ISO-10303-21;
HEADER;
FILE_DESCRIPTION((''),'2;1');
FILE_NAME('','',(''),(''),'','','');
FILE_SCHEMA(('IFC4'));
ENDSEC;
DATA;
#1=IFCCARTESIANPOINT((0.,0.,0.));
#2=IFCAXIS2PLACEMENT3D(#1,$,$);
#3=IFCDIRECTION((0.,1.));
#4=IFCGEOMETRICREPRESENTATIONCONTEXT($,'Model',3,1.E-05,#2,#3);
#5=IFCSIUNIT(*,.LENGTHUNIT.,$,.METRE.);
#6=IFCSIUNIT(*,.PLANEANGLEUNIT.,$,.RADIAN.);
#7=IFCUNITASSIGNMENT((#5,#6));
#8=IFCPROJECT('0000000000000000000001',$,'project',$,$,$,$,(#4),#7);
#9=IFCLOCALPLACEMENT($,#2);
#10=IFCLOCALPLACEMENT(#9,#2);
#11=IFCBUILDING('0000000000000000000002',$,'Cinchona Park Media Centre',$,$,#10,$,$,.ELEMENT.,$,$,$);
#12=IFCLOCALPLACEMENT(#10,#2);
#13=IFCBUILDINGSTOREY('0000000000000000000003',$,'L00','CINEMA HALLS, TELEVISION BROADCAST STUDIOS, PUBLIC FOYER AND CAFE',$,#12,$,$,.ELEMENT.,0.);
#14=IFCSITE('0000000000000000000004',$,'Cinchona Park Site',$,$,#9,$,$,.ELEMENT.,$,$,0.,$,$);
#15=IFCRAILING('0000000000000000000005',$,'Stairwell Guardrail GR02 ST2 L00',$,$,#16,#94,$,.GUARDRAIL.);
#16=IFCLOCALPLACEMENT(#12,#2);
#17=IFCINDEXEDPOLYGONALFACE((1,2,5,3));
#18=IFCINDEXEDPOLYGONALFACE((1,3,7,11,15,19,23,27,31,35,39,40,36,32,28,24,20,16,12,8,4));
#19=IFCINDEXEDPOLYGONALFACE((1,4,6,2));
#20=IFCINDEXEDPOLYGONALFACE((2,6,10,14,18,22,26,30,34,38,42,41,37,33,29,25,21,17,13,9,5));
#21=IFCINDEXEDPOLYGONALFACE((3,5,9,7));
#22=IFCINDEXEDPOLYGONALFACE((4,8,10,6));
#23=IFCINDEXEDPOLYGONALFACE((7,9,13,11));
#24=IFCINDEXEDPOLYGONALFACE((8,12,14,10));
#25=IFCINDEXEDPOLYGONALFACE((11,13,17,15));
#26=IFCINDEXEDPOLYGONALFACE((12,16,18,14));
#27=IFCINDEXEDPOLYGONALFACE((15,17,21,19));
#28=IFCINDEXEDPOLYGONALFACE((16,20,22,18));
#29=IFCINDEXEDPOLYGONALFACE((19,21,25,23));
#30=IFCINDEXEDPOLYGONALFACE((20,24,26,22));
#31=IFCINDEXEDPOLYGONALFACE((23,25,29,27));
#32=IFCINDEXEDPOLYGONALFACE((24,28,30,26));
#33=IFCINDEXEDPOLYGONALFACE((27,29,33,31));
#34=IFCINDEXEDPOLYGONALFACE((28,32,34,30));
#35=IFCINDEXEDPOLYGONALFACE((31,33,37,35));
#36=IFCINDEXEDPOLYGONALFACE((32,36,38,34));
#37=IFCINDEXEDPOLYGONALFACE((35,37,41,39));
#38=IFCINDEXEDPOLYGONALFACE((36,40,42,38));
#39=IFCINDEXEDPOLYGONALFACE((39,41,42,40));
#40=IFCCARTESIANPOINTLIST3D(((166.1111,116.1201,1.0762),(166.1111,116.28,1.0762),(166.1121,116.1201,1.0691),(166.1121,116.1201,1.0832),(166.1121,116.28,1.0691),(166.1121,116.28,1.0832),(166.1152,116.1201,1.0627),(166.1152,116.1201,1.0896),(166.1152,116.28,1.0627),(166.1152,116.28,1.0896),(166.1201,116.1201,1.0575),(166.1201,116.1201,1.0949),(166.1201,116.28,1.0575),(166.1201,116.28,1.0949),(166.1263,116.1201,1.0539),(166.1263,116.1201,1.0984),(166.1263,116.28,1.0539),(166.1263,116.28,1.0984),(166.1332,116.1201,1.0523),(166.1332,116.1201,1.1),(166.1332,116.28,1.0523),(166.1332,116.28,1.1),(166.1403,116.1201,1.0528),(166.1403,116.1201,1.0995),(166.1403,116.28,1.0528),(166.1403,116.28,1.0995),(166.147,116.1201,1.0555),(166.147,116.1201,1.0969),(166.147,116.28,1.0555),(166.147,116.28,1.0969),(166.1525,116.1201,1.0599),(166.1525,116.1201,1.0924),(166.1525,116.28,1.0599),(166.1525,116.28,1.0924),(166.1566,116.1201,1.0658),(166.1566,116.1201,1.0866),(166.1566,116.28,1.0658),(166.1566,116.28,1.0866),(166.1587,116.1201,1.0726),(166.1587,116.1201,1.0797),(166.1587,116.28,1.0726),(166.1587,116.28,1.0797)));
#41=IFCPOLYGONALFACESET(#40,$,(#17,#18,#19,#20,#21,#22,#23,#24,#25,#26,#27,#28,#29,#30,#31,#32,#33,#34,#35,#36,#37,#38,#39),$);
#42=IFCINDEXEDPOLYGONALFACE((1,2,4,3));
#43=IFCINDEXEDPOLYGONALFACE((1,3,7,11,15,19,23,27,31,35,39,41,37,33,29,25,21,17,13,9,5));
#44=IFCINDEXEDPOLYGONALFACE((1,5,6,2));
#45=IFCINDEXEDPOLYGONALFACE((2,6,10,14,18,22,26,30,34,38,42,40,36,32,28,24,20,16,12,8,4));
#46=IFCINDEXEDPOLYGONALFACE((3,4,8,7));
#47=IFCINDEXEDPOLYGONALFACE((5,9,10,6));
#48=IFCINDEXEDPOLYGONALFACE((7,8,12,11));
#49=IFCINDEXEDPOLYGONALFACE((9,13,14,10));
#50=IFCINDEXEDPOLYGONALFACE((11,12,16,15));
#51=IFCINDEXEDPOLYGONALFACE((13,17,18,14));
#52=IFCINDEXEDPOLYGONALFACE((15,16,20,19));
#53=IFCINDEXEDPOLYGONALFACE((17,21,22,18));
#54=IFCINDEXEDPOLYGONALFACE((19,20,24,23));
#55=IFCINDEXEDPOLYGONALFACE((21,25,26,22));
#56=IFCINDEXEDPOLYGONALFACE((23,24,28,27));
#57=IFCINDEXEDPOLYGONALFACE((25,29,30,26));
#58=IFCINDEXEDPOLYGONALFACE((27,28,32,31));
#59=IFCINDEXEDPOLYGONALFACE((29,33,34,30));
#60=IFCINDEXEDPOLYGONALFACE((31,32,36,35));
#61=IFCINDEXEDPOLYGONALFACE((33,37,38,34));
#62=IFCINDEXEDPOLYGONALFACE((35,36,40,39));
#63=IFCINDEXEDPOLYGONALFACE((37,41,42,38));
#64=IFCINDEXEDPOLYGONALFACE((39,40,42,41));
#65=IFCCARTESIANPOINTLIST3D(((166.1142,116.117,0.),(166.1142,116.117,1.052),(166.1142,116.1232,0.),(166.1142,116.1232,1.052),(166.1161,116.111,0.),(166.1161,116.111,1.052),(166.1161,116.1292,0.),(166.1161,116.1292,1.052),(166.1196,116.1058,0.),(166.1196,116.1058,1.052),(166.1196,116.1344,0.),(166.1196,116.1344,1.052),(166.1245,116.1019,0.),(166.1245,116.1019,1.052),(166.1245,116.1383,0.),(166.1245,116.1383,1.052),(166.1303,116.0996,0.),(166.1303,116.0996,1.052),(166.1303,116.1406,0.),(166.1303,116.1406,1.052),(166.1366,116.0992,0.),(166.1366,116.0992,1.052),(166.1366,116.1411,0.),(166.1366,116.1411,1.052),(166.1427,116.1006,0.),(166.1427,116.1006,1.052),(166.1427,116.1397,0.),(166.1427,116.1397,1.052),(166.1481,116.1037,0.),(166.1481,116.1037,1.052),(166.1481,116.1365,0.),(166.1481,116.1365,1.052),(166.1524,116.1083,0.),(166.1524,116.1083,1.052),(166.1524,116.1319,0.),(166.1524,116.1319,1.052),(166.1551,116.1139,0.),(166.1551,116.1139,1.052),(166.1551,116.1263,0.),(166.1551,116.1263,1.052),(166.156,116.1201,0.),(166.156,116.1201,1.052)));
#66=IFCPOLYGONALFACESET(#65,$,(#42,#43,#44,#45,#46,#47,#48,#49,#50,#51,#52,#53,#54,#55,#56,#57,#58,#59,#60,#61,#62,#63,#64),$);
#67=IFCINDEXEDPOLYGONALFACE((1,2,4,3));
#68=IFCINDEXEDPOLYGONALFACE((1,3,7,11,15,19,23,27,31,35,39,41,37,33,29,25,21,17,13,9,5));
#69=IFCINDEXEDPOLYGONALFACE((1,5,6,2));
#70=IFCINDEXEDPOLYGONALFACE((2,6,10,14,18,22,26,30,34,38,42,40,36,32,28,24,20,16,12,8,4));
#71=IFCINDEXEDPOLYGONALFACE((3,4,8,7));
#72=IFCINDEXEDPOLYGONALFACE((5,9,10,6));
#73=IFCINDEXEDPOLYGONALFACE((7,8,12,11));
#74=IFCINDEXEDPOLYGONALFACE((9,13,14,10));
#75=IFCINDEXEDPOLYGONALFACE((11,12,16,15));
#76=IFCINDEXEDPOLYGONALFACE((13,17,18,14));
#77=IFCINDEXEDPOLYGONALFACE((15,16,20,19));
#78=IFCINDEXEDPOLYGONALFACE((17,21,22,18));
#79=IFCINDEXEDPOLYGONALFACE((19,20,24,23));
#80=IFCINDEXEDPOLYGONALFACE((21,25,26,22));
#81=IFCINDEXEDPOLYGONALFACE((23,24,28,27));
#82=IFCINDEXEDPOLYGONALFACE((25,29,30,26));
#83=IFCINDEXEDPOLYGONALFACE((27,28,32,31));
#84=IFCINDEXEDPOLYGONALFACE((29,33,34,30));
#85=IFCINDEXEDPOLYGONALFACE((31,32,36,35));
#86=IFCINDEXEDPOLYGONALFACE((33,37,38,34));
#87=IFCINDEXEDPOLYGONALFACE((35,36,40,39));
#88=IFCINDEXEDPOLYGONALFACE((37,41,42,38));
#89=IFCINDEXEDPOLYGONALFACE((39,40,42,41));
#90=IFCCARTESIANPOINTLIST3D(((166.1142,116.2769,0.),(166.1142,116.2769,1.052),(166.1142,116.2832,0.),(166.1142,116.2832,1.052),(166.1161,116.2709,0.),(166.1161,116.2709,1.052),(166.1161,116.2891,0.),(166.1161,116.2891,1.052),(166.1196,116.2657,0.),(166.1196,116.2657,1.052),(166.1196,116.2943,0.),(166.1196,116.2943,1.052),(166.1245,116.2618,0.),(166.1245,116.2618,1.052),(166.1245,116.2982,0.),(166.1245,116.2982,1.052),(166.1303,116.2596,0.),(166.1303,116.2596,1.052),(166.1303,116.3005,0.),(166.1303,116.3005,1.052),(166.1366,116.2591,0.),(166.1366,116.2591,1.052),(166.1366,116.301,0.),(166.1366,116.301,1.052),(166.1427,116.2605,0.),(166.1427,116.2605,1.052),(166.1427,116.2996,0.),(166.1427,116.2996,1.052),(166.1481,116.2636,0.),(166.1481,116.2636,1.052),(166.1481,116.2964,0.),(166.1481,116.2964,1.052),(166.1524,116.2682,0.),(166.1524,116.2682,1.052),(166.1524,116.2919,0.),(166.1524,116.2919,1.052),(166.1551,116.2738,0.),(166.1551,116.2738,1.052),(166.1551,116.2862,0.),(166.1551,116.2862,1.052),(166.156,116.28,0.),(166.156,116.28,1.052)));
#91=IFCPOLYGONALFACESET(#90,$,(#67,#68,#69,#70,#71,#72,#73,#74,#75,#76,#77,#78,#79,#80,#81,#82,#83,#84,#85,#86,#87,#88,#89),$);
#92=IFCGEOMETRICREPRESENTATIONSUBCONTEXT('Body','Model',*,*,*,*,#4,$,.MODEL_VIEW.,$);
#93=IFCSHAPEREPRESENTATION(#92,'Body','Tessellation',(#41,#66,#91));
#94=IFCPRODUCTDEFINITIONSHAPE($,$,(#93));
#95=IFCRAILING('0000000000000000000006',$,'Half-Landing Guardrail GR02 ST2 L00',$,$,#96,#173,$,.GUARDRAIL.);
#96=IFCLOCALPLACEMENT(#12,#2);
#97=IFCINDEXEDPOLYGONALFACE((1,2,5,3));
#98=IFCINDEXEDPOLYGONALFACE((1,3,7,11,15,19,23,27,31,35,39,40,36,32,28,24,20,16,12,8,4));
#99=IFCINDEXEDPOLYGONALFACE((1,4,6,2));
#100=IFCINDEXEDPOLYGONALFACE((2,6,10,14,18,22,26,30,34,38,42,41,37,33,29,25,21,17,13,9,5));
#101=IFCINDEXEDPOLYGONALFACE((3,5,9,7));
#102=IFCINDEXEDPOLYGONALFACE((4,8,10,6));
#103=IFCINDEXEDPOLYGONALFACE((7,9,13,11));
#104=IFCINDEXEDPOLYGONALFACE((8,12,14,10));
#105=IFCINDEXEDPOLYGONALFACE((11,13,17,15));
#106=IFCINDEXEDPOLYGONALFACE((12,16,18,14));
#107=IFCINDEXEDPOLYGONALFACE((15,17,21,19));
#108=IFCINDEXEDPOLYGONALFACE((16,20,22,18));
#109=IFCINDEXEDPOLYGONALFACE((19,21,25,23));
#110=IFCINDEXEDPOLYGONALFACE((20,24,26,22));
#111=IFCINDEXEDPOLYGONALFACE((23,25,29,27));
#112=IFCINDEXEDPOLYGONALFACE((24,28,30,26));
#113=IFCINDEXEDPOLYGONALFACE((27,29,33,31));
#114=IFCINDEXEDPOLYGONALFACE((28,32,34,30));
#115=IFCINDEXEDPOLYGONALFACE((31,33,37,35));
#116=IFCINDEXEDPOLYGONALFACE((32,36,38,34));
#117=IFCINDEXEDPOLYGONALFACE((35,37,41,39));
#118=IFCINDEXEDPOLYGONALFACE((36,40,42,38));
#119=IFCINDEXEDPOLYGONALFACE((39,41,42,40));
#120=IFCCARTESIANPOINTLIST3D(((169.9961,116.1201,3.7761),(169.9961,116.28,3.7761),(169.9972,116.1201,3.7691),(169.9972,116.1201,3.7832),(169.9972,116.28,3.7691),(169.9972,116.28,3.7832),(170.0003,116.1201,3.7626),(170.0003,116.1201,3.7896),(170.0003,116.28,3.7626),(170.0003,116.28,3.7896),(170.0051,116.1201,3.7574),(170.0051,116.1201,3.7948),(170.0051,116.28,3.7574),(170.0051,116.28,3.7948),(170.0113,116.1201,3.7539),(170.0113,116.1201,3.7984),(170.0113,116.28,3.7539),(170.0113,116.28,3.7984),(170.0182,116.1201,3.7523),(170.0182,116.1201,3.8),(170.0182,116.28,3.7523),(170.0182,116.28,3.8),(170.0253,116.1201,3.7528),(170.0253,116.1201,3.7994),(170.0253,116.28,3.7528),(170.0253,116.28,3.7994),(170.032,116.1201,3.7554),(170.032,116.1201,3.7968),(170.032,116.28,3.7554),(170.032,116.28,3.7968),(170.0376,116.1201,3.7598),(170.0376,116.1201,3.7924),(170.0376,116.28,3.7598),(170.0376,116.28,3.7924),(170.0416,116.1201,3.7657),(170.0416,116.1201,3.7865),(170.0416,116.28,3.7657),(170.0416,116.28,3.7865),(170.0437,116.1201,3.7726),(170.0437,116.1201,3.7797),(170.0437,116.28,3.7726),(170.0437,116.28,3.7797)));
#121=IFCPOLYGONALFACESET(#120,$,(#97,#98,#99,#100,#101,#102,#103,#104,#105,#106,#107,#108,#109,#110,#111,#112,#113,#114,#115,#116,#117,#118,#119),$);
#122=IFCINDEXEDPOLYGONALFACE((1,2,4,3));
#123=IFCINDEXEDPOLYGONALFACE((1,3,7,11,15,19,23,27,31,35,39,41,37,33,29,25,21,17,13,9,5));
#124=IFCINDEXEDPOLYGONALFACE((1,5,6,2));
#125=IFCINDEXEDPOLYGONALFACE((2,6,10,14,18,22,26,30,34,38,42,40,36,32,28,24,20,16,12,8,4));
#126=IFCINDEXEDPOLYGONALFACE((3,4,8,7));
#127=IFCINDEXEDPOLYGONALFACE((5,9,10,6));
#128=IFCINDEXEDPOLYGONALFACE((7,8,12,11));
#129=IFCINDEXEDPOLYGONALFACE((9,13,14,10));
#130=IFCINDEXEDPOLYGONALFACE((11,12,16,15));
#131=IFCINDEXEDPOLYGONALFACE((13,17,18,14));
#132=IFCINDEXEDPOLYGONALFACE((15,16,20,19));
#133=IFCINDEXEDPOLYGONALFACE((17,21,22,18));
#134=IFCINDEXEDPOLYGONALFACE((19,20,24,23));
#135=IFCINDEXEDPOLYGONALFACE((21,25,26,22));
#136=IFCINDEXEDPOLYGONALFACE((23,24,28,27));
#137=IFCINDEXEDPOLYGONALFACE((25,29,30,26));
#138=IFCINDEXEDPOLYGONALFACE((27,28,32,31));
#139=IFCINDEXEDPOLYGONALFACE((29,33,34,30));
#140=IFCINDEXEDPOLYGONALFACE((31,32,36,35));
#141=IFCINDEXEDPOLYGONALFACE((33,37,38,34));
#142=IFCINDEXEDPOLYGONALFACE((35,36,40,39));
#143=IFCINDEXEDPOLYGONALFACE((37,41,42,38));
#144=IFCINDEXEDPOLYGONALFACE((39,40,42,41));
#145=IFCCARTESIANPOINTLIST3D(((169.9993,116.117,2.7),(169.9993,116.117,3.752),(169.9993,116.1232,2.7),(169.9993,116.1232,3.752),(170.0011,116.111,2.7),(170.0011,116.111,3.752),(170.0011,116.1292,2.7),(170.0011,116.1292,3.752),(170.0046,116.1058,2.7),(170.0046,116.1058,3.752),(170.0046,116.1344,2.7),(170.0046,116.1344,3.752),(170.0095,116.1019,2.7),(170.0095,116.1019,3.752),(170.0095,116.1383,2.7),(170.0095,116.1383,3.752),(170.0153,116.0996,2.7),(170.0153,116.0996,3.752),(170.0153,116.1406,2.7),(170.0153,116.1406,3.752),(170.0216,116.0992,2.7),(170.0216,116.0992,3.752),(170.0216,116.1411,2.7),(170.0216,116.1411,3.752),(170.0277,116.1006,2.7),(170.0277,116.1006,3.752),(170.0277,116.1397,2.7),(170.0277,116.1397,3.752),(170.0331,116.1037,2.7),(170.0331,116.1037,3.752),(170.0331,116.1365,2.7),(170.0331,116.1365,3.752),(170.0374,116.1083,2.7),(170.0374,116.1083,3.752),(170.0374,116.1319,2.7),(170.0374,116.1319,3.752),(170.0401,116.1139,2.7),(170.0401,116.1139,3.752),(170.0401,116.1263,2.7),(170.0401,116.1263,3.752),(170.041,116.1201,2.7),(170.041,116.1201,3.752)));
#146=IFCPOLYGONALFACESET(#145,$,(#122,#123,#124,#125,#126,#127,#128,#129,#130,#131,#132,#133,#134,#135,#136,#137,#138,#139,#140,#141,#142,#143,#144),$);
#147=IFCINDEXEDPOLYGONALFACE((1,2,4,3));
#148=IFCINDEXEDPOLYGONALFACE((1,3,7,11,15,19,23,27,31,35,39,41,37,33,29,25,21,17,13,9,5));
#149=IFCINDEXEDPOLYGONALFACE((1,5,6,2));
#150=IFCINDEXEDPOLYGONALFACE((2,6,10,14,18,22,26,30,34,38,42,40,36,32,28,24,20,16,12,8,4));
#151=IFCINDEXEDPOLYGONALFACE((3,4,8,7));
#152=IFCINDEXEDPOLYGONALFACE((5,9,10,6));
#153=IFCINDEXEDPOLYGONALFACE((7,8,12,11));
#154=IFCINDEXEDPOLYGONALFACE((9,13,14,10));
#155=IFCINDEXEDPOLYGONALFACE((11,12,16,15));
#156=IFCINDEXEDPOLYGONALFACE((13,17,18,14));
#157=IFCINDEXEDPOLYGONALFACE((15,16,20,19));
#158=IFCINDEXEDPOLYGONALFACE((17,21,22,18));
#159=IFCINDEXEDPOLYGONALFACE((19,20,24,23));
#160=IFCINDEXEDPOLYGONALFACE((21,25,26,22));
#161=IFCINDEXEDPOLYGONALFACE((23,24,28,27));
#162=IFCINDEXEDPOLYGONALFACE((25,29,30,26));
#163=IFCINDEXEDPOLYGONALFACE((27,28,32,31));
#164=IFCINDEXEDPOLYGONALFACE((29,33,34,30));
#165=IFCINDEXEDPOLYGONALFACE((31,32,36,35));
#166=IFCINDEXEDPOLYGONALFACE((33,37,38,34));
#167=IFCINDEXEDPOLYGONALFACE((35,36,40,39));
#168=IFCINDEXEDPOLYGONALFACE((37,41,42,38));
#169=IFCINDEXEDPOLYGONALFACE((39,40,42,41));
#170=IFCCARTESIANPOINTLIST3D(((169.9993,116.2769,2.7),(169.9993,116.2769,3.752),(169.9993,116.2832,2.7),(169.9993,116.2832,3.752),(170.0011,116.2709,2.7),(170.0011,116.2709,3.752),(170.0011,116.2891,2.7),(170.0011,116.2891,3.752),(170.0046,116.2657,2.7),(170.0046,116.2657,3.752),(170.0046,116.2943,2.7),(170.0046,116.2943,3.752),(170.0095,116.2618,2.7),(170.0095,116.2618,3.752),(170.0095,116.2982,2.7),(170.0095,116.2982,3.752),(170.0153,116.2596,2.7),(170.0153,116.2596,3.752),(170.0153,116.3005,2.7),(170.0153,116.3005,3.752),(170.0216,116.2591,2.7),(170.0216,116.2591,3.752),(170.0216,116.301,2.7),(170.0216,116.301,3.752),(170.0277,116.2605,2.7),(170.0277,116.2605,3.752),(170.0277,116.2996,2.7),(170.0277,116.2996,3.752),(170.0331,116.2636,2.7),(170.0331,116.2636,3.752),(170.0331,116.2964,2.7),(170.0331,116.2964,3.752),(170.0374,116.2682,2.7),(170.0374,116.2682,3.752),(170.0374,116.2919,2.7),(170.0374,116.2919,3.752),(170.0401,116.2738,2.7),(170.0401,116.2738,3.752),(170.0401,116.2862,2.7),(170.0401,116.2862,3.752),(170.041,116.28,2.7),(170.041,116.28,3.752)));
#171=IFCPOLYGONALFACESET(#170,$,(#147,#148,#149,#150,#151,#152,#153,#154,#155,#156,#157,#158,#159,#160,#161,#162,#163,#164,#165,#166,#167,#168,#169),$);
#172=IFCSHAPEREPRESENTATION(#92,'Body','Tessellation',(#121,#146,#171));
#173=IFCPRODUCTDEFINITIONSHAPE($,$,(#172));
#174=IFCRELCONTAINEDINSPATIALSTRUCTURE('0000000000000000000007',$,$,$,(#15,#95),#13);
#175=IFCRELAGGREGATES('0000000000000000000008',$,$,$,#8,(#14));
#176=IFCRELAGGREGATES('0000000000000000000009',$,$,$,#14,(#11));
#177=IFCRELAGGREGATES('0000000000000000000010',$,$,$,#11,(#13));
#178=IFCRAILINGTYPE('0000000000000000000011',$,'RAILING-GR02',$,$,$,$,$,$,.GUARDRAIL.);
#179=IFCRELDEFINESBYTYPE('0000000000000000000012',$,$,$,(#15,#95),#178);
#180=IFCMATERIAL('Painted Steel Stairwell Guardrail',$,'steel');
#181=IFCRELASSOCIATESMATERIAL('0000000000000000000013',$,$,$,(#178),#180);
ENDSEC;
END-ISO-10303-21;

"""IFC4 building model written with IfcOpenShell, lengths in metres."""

from ifc_helpers import new_model, si_unit, direction, frame, origin, origin_2d, place, context, subcontext, project, spatial, circle, extrude, material, type_object, element, save


model = new_model("IFC4")

# Units and contexts
model_context = context("Model", 3, precision=1e-05, world=origin(), true_north=direction((0.0, 1.0)))
body_context = subcontext(model_context, "Body", "Model", "MODEL_VIEW")
ifc_project = project(units=[si_unit("LENGTHUNIT", "METRE"), si_unit("PLANEANGLEUNIT", "RADIAN")], contexts=[model_context])

# Site, building, storey
site_placement = place(None, origin())
site = spatial("IfcSite", under=ifc_project, at=site_placement, Name="Cinchona Park Site", CompositionType="ELEMENT", RefElevation=0.0)
building_placement = place(site_placement, origin())
building = spatial("IfcBuilding", under=site, at=building_placement, Name="Cinchona Park Media Centre", CompositionType="ELEMENT")
storey_placement = place(building_placement, origin())
storey = spatial("IfcBuildingStorey", under=building, at=storey_placement, Name="L00", Description="CINEMA HALLS, TELEVISION BROADCAST STUDIOS, PUBLIC FOYER AND CAFE", CompositionType="ELEMENT", Elevation=0.0)

# Railings
ifc_material_1 = material(Name="Painted Steel Stairwell Guardrail", Category="steel")
railing_type_1 = type_object("IfcRailingType", Name="RAILING-GR02", PredefinedType="GUARDRAIL", material=ifc_material_1)
for number, where, name in (
    (1, (166.135, 116.1201, 0.0), "Stairwell Guardrail GR02 ST2 L00"),
    (2, (170.02, 116.1201, 2.7), "Half-Landing Guardrail GR02 ST2 L00"),
):
    element("IfcRailing", number, at=place(storey_placement, frame(where)), inside=storey, type_object=railing_type_1, Name=name, PredefinedType="GUARDRAIL", context=body_context, shape_type="SweptSolid", body=[
        extrude(circle(Radius=0.0239, at=origin_2d()), frame((0.0, 0.0, 1.0762), z_axis=(0.0, 1.0, 0.0), x_axis=(-1.0, 0.0, 0.0)), (0.0, 0.0, 1.0), 0.1599),
        extrude(circle(Radius=0.021, at=origin_2d()), origin(), (0.0, 0.0, 1.0), 1.052),
        extrude(circle(Radius=0.021, at=origin_2d()), frame((0.0, 0.1599, 0.0)), (0.0, 0.0, 1.0), 1.052),
    ])

save(model, "model.ifc")
